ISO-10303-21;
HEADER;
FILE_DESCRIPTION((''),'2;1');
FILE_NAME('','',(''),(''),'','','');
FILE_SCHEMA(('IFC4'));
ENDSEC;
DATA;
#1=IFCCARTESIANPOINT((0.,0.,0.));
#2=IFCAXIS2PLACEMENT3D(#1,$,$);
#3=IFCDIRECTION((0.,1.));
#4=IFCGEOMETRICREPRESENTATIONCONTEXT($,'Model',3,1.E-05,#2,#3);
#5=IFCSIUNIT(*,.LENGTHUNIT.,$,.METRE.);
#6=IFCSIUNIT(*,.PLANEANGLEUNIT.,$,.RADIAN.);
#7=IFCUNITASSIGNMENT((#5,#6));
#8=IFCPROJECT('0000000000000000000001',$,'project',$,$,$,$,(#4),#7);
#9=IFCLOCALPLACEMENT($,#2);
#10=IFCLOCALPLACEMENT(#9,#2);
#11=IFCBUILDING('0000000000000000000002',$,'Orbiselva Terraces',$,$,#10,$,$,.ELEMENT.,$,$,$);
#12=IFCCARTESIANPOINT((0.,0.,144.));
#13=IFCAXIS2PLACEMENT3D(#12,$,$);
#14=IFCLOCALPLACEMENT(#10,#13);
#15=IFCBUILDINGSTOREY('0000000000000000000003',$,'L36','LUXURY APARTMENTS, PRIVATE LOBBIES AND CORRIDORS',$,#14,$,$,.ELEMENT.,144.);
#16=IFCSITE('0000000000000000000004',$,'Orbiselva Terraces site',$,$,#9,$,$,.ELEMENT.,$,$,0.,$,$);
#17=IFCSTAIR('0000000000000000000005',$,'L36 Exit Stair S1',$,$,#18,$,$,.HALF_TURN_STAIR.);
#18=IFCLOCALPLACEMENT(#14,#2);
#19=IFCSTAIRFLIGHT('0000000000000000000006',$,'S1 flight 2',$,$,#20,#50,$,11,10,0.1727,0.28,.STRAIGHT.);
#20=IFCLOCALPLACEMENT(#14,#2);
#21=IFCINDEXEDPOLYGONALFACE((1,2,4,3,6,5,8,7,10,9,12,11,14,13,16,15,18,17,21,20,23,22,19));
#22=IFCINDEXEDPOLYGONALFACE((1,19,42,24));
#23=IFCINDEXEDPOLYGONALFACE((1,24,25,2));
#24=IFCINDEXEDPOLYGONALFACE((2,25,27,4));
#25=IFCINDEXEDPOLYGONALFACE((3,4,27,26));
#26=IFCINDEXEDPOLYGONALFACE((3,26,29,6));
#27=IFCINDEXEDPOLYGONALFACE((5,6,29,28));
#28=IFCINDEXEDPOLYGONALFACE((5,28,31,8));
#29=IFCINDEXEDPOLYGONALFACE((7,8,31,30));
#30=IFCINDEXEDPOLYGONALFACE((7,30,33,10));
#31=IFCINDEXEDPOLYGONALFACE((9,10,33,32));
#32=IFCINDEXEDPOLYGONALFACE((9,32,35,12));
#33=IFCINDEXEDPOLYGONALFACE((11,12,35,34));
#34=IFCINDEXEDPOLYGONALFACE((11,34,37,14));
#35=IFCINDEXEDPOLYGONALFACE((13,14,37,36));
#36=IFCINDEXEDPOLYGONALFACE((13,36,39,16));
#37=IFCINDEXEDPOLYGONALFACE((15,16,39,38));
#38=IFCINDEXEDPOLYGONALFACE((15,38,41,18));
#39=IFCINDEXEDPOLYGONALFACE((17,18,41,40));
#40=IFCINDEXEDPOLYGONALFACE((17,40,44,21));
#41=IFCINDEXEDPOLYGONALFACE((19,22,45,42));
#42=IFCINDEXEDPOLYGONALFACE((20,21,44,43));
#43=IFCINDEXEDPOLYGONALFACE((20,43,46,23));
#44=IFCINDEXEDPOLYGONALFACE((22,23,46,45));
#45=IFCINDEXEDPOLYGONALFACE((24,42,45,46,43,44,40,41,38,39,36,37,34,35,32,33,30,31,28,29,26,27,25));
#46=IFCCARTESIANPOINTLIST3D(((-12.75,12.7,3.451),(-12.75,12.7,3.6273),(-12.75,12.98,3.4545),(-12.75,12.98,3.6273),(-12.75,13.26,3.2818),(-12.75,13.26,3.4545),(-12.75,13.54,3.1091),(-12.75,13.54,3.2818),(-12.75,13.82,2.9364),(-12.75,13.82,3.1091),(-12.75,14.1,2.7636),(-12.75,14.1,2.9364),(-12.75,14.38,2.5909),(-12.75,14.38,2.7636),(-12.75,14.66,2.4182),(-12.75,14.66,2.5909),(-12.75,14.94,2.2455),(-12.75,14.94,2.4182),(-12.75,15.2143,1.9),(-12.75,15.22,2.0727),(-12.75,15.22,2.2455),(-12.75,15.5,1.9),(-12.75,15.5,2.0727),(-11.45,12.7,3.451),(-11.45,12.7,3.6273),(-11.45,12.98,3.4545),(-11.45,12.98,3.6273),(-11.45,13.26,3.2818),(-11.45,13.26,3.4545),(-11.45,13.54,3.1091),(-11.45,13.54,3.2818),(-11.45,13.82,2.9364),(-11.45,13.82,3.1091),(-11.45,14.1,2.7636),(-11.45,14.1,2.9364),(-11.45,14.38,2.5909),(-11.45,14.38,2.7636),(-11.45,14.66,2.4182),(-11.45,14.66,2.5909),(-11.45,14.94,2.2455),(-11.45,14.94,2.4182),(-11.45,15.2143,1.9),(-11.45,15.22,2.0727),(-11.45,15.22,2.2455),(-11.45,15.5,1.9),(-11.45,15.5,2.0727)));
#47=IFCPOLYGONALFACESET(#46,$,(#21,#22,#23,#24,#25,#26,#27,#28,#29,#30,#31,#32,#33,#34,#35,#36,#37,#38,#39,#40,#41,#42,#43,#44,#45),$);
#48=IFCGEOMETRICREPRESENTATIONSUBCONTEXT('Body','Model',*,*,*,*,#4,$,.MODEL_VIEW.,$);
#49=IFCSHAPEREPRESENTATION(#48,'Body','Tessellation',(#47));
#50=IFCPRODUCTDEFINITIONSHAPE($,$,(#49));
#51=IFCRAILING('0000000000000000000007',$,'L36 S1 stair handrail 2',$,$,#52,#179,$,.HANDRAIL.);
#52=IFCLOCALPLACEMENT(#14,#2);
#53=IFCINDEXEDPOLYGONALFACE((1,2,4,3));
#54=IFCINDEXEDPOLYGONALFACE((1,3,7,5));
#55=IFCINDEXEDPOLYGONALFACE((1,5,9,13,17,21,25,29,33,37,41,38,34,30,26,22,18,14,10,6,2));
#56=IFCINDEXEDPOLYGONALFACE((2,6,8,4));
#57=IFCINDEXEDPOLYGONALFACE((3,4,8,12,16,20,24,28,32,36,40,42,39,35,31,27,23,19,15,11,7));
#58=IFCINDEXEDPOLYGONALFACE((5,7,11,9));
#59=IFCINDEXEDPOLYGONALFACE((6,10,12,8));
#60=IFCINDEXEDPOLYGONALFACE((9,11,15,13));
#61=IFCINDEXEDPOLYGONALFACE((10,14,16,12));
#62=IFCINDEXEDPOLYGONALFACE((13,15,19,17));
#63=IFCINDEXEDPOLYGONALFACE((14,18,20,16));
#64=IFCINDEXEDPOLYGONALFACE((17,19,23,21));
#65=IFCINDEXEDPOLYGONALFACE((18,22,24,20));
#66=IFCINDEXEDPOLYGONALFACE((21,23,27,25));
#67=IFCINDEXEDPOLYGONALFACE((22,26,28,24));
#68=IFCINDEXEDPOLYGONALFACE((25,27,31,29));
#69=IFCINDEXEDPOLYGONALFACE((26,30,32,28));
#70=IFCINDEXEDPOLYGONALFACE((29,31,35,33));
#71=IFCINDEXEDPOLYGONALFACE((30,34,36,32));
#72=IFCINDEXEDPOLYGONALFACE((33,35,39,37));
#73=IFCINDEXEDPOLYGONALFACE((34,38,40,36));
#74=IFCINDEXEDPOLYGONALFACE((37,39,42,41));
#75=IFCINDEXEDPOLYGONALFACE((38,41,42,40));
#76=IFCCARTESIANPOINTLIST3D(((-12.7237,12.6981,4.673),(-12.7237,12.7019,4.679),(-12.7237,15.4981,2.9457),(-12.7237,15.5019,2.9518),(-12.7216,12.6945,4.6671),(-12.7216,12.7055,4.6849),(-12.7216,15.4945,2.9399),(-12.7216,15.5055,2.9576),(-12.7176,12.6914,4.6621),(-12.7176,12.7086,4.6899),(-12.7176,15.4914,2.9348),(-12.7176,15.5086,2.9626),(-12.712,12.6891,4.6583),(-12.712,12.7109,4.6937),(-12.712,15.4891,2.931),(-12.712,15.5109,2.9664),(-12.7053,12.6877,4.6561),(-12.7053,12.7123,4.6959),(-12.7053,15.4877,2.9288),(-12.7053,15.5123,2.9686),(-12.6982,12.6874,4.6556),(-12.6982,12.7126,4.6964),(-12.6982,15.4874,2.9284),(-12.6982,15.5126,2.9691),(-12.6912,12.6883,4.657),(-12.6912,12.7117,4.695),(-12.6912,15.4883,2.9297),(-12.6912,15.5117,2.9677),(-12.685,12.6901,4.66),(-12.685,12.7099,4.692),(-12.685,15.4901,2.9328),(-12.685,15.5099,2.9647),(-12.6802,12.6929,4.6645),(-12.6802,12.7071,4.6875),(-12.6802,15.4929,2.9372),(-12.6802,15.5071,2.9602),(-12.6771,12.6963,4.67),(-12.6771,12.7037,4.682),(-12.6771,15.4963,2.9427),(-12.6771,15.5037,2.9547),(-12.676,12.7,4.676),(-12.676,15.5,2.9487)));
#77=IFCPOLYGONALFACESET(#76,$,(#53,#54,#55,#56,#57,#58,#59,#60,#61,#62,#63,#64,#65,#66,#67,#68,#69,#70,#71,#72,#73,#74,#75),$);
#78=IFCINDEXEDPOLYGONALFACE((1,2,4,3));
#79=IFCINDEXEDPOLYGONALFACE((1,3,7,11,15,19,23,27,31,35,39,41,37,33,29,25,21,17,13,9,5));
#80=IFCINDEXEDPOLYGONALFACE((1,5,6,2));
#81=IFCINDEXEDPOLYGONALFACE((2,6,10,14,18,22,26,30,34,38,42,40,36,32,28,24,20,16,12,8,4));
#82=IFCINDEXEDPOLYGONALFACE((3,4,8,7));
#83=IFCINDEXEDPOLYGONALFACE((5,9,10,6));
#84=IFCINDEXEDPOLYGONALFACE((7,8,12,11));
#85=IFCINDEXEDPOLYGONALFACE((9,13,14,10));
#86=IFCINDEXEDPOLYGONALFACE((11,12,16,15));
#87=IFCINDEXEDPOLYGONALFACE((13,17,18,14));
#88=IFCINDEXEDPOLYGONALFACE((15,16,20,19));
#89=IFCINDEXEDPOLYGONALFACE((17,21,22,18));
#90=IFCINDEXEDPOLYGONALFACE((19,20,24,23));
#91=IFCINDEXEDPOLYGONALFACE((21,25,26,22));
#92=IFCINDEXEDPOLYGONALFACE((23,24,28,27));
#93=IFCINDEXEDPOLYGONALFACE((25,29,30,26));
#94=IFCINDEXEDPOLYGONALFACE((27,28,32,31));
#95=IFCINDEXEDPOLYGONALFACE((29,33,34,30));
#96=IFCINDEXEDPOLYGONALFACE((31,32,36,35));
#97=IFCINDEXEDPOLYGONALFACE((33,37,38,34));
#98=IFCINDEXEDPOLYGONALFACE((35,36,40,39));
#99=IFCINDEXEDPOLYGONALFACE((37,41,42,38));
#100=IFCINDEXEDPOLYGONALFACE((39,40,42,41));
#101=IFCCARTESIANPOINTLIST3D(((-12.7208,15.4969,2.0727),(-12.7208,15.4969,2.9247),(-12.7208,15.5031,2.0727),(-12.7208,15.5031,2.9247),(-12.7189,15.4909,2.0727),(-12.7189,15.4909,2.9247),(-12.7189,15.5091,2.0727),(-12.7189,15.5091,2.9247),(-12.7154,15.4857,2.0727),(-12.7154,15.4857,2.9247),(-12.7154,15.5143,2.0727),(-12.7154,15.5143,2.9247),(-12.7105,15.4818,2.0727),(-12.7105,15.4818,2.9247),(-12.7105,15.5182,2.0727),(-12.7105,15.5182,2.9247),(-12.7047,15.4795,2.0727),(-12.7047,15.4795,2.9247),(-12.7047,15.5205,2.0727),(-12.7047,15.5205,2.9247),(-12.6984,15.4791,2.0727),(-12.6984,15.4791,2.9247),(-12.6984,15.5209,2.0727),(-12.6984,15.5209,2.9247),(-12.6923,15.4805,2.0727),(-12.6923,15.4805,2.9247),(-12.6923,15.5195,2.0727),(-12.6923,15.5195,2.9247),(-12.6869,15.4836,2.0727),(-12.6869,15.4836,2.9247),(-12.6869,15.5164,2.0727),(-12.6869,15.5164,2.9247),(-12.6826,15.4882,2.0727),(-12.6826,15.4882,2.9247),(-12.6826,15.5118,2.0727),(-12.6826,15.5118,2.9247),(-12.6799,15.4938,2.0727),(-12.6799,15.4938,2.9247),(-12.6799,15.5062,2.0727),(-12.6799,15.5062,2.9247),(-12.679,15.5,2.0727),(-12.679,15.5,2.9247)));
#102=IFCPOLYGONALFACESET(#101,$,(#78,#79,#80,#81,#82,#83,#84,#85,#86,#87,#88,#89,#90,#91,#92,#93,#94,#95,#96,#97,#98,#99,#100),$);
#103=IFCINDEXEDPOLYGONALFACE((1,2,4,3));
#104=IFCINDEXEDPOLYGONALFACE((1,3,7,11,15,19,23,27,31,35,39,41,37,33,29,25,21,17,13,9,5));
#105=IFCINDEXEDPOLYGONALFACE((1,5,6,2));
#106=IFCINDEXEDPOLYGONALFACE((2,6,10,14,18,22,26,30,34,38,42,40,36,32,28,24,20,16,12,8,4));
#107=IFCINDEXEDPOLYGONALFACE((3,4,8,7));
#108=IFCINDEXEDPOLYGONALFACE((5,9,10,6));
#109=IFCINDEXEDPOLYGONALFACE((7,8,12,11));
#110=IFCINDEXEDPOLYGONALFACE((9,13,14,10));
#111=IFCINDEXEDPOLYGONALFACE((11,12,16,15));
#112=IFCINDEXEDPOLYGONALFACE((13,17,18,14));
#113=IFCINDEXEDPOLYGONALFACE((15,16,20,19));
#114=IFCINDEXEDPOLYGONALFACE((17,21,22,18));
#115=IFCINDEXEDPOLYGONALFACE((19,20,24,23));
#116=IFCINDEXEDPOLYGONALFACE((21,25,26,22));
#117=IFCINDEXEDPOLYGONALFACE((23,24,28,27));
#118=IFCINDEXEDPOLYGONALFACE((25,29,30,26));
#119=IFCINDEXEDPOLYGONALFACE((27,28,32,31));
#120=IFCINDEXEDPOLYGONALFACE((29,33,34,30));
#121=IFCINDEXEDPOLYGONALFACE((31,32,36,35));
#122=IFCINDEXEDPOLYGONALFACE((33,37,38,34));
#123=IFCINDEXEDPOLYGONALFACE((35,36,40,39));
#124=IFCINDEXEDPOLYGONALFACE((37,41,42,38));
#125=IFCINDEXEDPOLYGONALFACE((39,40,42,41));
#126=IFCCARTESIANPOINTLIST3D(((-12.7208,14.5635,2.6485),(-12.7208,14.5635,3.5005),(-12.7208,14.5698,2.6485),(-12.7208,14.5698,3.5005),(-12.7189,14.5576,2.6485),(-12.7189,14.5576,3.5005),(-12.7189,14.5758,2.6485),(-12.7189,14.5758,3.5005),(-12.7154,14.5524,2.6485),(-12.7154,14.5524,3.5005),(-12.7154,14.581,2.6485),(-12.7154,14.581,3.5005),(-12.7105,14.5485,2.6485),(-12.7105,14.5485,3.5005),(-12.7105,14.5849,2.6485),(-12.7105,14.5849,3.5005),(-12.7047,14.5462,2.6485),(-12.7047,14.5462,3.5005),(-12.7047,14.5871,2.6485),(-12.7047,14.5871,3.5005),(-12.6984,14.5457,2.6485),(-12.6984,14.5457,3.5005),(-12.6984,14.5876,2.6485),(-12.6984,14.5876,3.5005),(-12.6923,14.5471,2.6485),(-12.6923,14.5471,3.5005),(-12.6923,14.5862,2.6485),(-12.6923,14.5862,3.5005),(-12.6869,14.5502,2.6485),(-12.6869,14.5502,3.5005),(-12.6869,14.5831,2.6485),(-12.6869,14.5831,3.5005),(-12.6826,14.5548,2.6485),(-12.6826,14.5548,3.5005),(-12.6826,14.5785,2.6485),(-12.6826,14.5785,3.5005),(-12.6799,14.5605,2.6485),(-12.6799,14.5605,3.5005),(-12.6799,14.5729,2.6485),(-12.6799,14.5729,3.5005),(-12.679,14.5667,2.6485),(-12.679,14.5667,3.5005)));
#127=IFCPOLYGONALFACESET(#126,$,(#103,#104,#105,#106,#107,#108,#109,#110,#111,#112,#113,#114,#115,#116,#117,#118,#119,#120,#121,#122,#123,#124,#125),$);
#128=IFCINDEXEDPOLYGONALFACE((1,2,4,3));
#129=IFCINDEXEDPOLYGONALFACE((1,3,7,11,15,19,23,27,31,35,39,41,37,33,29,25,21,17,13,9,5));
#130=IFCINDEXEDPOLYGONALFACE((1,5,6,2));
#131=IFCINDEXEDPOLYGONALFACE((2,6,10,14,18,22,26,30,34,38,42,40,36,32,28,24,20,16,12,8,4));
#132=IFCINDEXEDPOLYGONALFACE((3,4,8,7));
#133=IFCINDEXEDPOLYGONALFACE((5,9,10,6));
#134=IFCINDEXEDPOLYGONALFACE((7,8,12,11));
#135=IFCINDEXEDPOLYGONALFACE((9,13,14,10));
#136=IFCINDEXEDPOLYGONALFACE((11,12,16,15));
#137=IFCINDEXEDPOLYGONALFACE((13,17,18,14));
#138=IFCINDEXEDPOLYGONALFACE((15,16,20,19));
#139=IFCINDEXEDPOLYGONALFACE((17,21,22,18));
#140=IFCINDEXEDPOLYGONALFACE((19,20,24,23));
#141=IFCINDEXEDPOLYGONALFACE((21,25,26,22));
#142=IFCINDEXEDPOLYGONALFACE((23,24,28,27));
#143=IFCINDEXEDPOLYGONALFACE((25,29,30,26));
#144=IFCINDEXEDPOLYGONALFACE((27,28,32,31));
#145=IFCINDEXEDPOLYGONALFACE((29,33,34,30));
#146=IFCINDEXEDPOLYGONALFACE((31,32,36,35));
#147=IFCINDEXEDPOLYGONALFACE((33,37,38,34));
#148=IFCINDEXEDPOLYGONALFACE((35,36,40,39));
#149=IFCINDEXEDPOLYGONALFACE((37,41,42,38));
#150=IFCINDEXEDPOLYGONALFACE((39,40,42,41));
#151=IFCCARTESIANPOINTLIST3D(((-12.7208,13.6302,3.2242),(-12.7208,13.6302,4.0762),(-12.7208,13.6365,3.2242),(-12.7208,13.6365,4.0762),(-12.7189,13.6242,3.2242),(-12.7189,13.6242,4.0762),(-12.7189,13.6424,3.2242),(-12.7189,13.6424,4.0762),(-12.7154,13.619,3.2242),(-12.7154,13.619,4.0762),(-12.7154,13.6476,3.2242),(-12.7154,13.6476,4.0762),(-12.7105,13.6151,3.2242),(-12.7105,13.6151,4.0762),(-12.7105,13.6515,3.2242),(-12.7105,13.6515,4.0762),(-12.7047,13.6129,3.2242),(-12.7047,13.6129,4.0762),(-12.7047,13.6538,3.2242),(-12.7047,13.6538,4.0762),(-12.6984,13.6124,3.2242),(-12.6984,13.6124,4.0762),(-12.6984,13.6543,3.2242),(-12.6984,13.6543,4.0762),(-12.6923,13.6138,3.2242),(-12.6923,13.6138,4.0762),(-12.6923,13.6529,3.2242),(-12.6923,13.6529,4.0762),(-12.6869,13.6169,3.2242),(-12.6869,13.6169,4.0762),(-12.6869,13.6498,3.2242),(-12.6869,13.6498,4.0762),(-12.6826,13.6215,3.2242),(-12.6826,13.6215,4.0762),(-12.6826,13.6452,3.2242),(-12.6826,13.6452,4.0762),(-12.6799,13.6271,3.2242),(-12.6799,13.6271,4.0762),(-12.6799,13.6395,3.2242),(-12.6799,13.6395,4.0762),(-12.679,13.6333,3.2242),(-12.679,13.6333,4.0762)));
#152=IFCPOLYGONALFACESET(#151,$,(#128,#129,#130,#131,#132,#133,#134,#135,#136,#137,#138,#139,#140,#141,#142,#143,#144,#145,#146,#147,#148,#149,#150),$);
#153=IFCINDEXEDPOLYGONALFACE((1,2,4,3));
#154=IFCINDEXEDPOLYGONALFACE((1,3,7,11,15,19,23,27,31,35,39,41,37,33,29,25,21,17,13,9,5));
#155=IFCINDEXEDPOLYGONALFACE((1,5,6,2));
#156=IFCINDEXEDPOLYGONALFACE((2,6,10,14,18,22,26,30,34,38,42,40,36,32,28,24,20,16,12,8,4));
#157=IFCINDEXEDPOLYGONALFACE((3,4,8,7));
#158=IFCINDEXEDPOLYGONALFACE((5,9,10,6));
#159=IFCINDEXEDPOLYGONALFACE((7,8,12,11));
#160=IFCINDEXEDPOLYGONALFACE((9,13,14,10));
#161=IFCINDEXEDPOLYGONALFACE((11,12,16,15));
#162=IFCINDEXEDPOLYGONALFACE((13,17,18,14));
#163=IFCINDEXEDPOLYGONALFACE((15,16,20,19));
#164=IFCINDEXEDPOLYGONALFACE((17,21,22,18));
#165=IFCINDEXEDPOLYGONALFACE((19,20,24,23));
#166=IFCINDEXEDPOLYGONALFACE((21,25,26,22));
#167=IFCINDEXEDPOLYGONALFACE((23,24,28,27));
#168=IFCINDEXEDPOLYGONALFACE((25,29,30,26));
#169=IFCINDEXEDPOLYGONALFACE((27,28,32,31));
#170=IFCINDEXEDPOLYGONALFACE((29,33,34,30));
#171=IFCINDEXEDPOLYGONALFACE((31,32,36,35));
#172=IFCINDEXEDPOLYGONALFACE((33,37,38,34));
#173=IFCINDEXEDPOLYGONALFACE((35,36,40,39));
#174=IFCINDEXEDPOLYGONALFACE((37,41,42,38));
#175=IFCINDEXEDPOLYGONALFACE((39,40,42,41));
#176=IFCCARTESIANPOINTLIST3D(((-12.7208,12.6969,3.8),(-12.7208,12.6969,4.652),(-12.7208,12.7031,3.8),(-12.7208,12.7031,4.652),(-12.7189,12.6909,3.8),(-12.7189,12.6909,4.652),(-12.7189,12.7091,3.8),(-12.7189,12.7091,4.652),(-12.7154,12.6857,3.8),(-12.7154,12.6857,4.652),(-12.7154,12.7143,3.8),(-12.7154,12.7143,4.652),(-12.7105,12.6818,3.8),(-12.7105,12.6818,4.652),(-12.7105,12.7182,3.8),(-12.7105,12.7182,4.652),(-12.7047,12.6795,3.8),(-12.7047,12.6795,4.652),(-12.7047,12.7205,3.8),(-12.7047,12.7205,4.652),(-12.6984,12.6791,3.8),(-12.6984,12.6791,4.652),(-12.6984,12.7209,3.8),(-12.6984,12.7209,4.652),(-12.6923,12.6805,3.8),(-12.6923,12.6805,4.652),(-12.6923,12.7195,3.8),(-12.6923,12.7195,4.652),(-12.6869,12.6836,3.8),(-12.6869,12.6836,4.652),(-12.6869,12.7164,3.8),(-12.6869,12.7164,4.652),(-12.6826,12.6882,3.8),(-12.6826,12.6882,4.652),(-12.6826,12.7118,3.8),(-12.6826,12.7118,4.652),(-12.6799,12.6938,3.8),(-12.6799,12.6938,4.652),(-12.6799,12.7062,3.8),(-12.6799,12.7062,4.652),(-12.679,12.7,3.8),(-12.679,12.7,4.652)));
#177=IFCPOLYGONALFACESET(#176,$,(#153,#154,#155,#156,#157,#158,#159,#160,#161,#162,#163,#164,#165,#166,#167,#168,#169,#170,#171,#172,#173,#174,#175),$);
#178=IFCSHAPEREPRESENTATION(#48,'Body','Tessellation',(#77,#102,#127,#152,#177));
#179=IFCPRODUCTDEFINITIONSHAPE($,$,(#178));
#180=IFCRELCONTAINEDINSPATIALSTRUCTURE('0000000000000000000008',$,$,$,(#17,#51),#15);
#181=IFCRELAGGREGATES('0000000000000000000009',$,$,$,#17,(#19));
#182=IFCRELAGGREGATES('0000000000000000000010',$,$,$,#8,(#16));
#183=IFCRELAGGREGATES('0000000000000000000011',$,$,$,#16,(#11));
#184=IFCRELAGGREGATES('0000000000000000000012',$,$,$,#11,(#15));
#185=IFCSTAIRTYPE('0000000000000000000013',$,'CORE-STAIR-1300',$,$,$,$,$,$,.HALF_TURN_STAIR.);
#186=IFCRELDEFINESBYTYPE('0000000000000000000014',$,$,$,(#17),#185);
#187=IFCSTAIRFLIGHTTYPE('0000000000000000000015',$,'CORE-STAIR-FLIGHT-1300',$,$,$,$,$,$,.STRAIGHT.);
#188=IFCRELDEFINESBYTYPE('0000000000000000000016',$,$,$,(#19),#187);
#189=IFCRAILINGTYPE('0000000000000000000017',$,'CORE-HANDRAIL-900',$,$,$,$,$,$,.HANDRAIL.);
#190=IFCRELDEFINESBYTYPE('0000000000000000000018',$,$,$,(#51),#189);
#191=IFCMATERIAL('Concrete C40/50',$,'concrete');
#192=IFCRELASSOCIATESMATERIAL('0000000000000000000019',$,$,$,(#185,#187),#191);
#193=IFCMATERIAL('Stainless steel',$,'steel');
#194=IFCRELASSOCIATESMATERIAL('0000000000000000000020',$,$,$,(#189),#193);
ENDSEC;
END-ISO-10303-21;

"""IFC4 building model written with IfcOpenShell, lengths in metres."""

from ifc_helpers import new_model, si_unit, direction, frame, origin, origin_2d, place, context, subcontext, project, spatial, polyline, circle, outline, extrude, material, type_object, element, aggregate, save


model = new_model("IFC4")

# Units and contexts
model_context = context("Model", 3, precision=1e-05, world=origin(), true_north=direction((0.0, 1.0)))
body_context = subcontext(model_context, "Body", "Model", "MODEL_VIEW")
ifc_project = project(units=[si_unit("LENGTHUNIT", "METRE"), si_unit("PLANEANGLEUNIT", "RADIAN")], contexts=[model_context])

# Site, building, storey
site_placement = place(None, origin())
site = spatial("IfcSite", under=ifc_project, at=site_placement, Name="Orbiselva Terraces site", CompositionType="ELEMENT", RefElevation=0.0)
building_placement = place(site_placement, origin())
building = spatial("IfcBuilding", under=site, at=building_placement, Name="Orbiselva Terraces", CompositionType="ELEMENT")
storey_placement = place(building_placement, frame((0.0, 0.0, 144.0)))
storey = spatial("IfcBuildingStorey", under=building, at=storey_placement, Name="L36", Description="LUXURY APARTMENTS, PRIVATE LOBBIES AND CORRIDORS", CompositionType="ELEMENT", Elevation=144.0)

# Shared definitions
ifc_material_1 = material(Name="Concrete C40/50", Category="concrete")

# Stair, stair flight
stair_type = type_object("IfcStairType", Name="CORE-STAIR-1300", PredefinedType="HALF_TURN_STAIR", material=ifc_material_1)
stair_placement = place(storey_placement, origin())
stair = element("IfcStair", 1, at=stair_placement, inside=storey, type_object=stair_type, Name="L36 Exit Stair S1", PredefinedType="HALF_TURN_STAIR")
stair_flight_type = type_object("IfcStairFlightType", Name="CORE-STAIR-FLIGHT-1300", PredefinedType="STRAIGHT", material=ifc_material_1)
stair_flight_placement = place(storey_placement, frame((-12.1, 15.5, 1.9), z_axis=(0.0, 0.0, 1.0), x_axis=(0.0, -1.0, 0.0)))
stair_flight = element("IfcStairFlight", 2, at=stair_flight_placement, type_object=stair_flight_type, Name="S1 flight 2", NumberOfRisers=11, NumberOfTreads=10, PredefinedType="STRAIGHT", RiserHeight=0.1727, TreadLength=0.28, context=body_context, shape_type="SweptSolid", body=[
    extrude(outline(polyline([(0.0, 0.0), (0.0, 0.1727), (0.28, 0.1727), (0.28, 0.3455), (0.56, 0.3455), (0.56, 0.5182), (0.84, 0.5182), (0.84, 0.6909), (1.12, 0.6909), (1.12, 0.8636), (1.4, 0.8636), (1.4, 1.0364), (1.68, 1.0364), (1.68, 1.2091), (1.96, 1.2091), (1.96, 1.3818), (2.24, 1.3818), (2.24, 1.5545), (2.52, 1.5545), (2.52, 1.7273), (2.8, 1.7273), (2.8, 1.9), (2.8, 1.551), (0.2857, 0.0), (0.0, 0.0)])), frame((0.0, 0.65, 0.0), z_axis=(0.0, -1.0, 0.0), x_axis=(1.0, 0.0, 0.0)), (0.0, 0.0, 1.0), 1.3),
])
aggregate(stair, [stair_flight])

# Railing
ifc_material_2 = material(Name="Stainless steel", Category="steel")
railing_type_1 = type_object("IfcRailingType", Name="CORE-HANDRAIL-900", PredefinedType="HANDRAIL", material=ifc_material_2)
railing_1_placement = place(storey_placement, frame((-12.7, 15.5, 2.0727)))
element("IfcRailing", 3, at=railing_1_placement, inside=storey, type_object=railing_type_1, Name="L36 S1 stair handrail 2", PredefinedType="HANDRAIL", context=body_context, shape_type="SweptSolid", body=[
    extrude(circle(Radius=0.024, at=origin_2d()), frame((0.0, 0.0, 0.876), z_axis=(0.0, -0.851089, 0.525022), x_axis=(1.0, 0.0, 0.0)), (0.0, 0.0, 1.0), 3.2899),
    extrude(circle(Radius=0.021, at=origin_2d()), origin(), (0.0, 0.0, 1.0), 0.852),
    extrude(circle(Radius=0.021, at=origin_2d()), frame((0.0, -0.9333, 0.5758)), (0.0, 0.0, 1.0), 0.852),
    extrude(circle(Radius=0.021, at=origin_2d()), frame((0.0, -1.8667, 1.1515)), (0.0, 0.0, 1.0), 0.852),
    extrude(circle(Radius=0.021, at=origin_2d()), frame((0.0, -2.8, 1.7273)), (0.0, 0.0, 1.0), 0.852),
])

save(model, "model.ifc")
